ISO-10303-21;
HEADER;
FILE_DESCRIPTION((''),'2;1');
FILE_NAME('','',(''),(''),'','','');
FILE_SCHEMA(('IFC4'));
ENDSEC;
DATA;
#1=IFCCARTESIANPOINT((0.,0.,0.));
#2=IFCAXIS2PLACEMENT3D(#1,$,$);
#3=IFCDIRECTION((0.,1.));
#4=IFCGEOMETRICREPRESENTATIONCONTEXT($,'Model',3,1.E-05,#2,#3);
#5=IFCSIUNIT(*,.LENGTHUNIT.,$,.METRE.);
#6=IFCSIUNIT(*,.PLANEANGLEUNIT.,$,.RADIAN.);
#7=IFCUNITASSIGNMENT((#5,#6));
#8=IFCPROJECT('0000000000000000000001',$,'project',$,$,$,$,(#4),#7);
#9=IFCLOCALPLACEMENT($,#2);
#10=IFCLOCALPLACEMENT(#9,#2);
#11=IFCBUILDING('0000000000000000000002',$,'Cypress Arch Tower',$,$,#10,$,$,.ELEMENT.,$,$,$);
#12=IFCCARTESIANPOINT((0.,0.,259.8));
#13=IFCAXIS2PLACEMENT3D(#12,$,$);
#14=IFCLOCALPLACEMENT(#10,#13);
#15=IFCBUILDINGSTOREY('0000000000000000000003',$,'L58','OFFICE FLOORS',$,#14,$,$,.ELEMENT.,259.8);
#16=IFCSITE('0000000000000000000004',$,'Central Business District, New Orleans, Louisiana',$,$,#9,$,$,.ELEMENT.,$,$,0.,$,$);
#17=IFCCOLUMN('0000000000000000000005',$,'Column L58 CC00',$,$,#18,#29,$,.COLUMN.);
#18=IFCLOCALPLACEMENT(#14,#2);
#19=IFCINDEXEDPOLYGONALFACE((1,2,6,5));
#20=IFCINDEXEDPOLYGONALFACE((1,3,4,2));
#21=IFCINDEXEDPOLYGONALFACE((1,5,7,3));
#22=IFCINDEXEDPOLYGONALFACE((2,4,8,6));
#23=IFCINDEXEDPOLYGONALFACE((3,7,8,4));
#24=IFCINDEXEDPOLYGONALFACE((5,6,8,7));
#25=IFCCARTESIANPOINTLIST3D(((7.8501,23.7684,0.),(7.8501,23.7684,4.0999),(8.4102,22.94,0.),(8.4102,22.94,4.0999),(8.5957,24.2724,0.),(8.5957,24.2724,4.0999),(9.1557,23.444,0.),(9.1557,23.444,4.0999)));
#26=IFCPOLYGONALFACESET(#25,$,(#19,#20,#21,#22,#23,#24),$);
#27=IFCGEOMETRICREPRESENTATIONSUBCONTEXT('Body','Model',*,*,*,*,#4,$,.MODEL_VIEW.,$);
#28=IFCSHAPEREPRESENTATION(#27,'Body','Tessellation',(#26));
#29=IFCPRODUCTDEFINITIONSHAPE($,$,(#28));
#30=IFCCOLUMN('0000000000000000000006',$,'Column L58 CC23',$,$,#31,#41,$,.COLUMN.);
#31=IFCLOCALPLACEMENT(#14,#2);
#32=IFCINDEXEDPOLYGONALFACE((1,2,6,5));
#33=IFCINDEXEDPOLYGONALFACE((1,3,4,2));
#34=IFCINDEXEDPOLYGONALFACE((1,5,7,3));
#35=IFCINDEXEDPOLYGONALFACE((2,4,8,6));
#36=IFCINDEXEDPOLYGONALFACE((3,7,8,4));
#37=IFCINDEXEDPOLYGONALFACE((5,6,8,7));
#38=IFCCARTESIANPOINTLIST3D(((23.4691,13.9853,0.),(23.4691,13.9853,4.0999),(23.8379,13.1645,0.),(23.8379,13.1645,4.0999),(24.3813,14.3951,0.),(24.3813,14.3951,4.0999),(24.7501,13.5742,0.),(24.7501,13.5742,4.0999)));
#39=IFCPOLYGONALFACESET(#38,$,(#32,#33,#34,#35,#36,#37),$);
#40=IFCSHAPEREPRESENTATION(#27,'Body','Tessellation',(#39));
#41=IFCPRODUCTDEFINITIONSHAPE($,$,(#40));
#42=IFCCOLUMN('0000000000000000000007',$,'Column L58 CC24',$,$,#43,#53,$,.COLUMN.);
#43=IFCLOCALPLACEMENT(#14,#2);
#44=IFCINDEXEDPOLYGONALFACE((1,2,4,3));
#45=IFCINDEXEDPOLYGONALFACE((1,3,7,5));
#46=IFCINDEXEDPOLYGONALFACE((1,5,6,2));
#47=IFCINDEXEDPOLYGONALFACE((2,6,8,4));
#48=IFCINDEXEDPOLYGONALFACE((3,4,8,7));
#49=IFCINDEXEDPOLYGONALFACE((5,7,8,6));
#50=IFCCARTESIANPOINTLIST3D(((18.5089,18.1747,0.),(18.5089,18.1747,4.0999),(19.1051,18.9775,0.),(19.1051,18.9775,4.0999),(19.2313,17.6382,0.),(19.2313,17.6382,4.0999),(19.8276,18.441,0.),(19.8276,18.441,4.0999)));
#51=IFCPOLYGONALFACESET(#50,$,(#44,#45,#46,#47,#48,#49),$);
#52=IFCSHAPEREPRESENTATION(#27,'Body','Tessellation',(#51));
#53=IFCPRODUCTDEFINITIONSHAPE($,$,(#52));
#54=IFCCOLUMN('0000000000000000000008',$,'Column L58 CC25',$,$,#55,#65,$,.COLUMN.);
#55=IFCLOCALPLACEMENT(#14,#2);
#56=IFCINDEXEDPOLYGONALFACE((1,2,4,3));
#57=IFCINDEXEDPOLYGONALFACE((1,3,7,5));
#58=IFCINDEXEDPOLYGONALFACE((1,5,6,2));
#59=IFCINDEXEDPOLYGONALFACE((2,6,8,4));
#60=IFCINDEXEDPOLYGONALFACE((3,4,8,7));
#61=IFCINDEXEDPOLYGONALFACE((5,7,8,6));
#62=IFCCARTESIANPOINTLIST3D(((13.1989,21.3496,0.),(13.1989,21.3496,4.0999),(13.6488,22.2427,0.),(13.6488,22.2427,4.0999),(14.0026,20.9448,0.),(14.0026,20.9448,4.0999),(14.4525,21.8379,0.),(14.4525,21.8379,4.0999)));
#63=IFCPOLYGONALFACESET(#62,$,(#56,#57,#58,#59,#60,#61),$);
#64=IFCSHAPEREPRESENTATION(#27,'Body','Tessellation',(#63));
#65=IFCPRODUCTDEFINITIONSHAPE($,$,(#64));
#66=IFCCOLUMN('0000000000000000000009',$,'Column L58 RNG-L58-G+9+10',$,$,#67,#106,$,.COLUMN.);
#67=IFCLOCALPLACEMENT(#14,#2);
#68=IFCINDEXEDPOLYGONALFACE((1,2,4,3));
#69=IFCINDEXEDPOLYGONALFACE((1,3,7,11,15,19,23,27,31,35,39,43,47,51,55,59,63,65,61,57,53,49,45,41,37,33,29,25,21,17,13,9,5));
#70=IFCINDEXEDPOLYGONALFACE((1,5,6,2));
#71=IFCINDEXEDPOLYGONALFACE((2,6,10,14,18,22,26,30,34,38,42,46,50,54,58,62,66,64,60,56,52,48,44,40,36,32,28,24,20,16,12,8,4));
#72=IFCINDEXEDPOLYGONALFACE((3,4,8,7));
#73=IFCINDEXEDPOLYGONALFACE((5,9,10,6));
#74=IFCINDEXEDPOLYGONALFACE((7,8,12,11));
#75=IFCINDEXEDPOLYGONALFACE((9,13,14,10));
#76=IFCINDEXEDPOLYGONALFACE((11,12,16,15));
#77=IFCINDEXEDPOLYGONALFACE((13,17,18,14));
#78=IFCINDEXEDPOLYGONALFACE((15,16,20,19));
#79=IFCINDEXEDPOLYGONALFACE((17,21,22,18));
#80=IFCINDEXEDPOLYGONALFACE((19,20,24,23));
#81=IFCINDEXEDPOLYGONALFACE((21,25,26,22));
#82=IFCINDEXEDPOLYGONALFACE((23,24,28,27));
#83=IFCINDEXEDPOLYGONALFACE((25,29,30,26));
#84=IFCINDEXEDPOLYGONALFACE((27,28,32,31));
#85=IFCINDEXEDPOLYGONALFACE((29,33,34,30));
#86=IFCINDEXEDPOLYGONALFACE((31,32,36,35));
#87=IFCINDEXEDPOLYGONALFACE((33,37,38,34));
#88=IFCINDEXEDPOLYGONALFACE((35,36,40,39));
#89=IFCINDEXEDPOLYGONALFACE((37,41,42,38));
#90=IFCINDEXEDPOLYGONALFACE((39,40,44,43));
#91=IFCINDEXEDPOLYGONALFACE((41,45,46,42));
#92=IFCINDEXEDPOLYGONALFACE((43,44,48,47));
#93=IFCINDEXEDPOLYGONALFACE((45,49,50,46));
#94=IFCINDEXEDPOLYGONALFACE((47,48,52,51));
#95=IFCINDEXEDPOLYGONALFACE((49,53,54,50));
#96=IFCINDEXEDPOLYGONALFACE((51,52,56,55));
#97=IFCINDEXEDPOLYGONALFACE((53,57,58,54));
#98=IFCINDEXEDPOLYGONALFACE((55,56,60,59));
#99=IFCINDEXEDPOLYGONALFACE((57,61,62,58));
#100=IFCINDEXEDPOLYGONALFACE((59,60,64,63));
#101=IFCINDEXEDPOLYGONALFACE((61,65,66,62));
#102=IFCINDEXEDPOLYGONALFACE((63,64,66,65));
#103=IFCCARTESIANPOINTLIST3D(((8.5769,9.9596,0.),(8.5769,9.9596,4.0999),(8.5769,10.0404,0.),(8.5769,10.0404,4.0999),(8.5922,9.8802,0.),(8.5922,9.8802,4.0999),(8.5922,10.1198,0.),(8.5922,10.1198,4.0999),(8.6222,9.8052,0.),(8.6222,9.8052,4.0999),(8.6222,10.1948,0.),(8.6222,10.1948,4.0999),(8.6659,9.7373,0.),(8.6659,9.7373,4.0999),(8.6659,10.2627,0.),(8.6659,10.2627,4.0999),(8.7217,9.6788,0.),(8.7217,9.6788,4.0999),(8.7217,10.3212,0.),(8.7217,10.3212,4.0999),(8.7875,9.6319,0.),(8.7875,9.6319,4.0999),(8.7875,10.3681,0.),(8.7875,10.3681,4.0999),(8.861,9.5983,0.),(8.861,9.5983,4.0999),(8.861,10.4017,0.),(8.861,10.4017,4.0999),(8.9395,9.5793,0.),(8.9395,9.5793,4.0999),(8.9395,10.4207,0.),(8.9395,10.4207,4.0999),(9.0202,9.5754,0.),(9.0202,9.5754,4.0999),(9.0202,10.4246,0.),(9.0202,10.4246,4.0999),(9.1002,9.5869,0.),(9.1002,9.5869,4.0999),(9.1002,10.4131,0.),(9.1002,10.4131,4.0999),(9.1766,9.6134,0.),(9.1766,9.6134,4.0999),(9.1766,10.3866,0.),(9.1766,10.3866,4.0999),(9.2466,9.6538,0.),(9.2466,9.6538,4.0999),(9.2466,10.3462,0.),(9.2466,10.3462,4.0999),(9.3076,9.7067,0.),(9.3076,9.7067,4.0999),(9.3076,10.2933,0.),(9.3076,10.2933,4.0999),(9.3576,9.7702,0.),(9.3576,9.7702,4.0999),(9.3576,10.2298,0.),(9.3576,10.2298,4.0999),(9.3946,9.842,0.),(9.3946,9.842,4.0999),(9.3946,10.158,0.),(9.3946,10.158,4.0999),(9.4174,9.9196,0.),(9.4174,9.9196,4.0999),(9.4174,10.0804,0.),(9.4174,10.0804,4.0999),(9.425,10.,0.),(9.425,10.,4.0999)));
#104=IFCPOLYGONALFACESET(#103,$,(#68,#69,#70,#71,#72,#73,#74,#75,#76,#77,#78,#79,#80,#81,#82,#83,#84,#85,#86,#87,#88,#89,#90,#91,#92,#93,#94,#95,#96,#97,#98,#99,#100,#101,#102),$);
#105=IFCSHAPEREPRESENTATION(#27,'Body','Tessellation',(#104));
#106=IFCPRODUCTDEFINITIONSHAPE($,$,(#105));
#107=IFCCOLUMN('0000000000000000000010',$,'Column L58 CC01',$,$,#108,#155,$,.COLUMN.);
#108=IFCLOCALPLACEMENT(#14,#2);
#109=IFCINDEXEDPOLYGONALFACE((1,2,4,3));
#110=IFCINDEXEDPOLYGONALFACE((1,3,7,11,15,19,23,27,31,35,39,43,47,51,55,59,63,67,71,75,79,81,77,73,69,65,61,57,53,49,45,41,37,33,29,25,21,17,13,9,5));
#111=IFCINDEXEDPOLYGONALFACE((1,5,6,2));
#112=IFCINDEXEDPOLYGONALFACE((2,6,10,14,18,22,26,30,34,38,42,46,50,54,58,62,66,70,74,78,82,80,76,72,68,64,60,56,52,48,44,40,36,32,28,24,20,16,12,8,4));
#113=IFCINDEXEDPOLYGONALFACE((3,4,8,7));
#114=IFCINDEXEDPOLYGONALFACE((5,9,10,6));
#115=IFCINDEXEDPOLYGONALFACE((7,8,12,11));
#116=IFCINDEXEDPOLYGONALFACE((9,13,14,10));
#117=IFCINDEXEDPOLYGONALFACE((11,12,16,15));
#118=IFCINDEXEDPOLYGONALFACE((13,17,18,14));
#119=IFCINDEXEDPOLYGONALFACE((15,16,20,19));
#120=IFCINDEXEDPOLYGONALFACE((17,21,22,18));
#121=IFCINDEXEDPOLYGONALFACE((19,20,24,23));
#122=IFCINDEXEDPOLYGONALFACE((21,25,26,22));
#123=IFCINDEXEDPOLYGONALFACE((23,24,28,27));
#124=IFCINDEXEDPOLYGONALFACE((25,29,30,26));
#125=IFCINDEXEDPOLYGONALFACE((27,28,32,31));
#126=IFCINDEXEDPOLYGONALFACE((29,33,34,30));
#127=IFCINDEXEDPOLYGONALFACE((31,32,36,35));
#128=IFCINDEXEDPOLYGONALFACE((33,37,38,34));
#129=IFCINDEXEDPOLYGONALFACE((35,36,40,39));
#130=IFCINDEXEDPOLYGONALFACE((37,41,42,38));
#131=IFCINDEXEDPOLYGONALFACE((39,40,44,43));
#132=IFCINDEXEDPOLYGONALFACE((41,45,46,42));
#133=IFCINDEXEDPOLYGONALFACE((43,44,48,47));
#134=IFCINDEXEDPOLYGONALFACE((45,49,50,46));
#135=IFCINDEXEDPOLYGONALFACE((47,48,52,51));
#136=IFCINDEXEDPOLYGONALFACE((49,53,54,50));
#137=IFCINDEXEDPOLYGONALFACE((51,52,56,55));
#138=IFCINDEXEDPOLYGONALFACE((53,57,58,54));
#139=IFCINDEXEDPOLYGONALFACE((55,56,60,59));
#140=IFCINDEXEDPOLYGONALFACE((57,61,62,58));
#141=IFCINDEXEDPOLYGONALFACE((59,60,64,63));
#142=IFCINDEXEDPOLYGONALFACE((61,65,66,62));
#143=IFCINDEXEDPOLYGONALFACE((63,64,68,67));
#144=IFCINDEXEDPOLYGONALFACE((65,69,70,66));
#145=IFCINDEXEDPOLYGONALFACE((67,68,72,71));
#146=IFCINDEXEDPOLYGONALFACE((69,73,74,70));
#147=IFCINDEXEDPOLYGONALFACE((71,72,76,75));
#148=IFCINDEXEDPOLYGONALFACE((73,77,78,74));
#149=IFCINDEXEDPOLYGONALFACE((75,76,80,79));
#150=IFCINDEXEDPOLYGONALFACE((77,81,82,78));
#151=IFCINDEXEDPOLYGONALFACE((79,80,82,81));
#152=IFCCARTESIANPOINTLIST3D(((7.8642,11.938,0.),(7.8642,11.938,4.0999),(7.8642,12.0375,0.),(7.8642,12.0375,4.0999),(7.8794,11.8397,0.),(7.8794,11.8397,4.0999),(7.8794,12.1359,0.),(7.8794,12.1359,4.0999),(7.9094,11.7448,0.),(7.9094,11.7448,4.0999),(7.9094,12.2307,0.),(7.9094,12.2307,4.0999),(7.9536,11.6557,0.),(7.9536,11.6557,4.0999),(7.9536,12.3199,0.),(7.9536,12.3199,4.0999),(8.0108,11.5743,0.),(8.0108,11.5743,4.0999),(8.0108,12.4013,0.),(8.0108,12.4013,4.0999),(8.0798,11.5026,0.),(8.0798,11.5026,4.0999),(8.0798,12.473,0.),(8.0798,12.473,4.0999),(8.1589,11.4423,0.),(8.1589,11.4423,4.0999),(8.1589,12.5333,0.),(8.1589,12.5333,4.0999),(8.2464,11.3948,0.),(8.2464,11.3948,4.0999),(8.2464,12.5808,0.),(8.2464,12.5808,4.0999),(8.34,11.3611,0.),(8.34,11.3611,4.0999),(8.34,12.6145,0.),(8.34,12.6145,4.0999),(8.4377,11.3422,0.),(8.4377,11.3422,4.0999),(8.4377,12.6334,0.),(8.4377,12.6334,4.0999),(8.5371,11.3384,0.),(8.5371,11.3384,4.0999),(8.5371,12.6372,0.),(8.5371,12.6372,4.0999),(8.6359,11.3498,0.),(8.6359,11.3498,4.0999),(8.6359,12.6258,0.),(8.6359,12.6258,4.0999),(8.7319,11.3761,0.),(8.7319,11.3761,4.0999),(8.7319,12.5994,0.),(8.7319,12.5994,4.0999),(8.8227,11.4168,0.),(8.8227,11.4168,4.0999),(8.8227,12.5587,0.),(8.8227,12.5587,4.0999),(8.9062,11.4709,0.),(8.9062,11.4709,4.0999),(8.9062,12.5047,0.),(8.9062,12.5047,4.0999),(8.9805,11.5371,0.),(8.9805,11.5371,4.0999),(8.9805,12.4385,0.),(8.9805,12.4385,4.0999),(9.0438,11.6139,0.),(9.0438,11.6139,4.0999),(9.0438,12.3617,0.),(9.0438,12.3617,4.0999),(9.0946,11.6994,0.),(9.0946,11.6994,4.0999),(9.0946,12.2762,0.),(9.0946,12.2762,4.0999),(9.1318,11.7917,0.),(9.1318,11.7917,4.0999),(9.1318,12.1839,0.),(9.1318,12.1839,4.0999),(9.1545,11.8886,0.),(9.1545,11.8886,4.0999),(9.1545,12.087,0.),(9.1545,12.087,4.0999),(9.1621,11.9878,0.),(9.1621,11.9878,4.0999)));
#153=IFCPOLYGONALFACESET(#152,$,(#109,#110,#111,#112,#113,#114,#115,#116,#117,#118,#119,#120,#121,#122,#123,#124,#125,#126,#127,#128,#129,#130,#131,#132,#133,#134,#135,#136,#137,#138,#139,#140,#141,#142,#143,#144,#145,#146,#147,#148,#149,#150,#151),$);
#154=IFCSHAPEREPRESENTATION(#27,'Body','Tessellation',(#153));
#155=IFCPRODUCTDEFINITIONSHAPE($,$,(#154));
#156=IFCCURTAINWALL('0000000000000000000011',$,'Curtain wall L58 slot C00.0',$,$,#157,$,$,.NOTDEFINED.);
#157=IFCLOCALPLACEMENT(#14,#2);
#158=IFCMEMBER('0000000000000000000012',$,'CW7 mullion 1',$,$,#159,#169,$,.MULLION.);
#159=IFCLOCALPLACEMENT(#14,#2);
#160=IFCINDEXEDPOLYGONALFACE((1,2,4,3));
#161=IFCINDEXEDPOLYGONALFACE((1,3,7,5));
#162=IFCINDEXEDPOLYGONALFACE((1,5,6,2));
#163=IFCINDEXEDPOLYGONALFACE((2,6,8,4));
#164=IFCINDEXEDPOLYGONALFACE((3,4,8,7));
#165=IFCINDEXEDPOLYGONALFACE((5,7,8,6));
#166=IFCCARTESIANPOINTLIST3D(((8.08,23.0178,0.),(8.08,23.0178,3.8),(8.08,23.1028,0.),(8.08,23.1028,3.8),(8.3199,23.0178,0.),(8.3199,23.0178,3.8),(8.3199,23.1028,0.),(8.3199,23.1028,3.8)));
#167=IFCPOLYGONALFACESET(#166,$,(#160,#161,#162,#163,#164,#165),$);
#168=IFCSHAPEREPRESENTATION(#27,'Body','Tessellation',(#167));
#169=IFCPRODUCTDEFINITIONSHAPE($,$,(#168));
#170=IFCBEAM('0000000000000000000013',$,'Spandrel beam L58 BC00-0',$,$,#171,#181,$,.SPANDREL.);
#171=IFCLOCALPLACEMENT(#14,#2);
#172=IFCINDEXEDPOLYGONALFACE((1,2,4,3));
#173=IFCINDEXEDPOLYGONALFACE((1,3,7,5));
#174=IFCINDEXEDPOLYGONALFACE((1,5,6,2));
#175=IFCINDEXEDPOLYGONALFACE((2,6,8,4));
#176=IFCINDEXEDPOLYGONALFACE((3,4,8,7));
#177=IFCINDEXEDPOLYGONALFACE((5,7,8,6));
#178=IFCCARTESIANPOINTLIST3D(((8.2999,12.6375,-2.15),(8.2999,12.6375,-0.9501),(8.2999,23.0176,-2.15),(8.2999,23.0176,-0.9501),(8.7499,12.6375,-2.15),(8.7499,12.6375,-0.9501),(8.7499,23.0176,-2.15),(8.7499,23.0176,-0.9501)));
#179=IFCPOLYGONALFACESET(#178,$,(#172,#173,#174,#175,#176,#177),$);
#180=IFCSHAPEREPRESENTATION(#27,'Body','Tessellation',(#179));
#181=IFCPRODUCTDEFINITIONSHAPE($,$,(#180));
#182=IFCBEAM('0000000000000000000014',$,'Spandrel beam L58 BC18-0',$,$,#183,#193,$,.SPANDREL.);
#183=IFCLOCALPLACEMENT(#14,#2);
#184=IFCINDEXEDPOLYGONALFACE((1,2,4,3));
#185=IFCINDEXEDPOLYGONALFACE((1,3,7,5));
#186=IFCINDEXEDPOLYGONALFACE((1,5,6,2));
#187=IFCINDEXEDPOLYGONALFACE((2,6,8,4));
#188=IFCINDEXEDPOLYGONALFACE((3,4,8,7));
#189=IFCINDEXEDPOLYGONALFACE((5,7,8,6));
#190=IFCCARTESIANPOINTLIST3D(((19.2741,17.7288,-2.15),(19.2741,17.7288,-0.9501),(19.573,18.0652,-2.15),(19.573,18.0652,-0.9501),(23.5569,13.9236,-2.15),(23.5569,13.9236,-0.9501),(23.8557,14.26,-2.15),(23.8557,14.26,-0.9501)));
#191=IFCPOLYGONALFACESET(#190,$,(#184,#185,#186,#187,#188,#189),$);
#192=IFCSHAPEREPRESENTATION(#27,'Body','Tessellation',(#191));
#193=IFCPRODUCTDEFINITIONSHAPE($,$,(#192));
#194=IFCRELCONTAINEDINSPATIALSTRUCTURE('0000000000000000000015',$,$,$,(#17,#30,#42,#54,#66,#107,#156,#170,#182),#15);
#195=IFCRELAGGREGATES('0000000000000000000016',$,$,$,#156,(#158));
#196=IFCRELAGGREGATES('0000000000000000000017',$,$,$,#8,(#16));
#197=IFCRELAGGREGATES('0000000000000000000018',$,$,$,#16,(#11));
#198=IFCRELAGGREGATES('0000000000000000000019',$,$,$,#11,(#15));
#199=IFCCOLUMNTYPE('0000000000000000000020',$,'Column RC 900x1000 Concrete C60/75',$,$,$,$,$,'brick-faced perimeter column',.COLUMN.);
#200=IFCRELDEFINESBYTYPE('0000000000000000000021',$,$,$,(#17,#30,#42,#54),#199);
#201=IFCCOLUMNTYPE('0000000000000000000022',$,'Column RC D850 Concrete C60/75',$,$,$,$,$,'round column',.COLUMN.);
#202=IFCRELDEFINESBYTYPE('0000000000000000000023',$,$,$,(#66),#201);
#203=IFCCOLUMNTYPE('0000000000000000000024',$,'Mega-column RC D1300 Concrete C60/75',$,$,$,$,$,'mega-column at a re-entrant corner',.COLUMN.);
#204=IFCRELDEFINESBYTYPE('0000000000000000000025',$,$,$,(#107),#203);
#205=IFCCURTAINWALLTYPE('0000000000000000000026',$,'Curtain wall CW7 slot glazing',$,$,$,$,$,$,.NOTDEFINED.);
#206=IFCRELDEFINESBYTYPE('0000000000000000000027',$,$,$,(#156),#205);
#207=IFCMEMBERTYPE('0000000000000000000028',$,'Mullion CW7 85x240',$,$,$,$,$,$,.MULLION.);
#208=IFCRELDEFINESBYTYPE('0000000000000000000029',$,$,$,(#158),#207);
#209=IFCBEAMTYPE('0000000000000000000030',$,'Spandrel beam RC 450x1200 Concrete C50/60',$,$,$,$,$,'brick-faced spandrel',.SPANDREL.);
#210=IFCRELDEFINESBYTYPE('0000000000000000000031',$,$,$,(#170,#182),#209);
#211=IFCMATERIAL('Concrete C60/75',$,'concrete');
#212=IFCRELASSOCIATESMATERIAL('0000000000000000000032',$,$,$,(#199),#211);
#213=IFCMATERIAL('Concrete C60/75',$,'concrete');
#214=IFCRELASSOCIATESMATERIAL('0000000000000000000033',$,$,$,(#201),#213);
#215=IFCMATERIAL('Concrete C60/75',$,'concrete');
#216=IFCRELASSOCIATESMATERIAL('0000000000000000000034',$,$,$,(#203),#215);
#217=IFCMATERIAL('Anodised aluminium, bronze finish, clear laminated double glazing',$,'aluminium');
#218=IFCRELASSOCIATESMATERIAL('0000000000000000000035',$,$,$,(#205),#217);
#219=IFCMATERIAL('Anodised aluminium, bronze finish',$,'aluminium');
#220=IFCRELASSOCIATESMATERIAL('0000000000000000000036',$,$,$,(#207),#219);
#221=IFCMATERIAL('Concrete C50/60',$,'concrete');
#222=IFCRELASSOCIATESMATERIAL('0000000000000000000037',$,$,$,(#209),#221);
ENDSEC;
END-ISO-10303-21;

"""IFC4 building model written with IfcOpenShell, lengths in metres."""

from ifc_helpers import new_model, si_unit, direction, frame, origin, origin_2d, place, context, subcontext, project, spatial, rectangle, circle, extrude, material, material_profile, profile_set, type_object, element, aggregate, save


model = new_model("IFC4")

# Units and contexts
model_context = context("Model", 3, precision=1e-05, world=origin(), true_north=direction((0.0, 1.0)))
body_context = subcontext(model_context, "Body", "Model", "MODEL_VIEW")
ifc_project = project(units=[si_unit("LENGTHUNIT", "METRE"), si_unit("PLANEANGLEUNIT", "RADIAN")], contexts=[model_context])

# Site, building, storey
site_placement = place(None, origin())
site = spatial("IfcSite", under=ifc_project, at=site_placement, Name="Central Business District, New Orleans, Louisiana", CompositionType="ELEMENT", RefElevation=0.0)
building_placement = place(site_placement, origin())
building = spatial("IfcBuilding", under=site, at=building_placement, Name="Cypress Arch Tower", CompositionType="ELEMENT")
storey_placement = place(building_placement, frame((0.0, 0.0, 259.8)))
storey = spatial("IfcBuildingStorey", under=building, at=storey_placement, Name="L58", Description="OFFICE FLOORS", CompositionType="ELEMENT", Elevation=259.8)

# Columns
ifc_material_1 = material(Name="Concrete C60/75", Category="concrete")
ifc_material_profile_1 = material_profile(ifc_material_1, rectangle(XDim=0.8999, YDim=1.0, at=origin_2d()), Name="RC 900x1000")
ifc_profile_set_1 = profile_set([ifc_material_profile_1], Name="Concrete C60/75")
column_type_1 = type_object("IfcColumnType", Name="Column RC 900x1000 Concrete C60/75", ElementType="brick-faced perimeter column", PredefinedType="COLUMN", material=ifc_profile_set_1)
for number, where, z_axis, x_axis, name in (
    (1, (8.5029, 23.6062, 0.0), (0.0, 0.0, 1.0), (-0.82847, -0.560034, 0.0), "Column L58 CC00"),
    (2, (24.1096, 13.7798, 0.0), (0.0, 0.0, 1.0), (-0.409765, 0.912191, 0.0), "Column L58 CC23"),
    (3, (19.1682, 18.3079, 0.0), (0.0, 0.0, 1.0), (-0.802799, 0.59625, 0.0), "Column L58 CC24"),
    (4, (13.8257, 21.5938, 0.0), (0.0, 0.0, 1.0), (-0.893106, 0.449845, 0.0), "Column L58 CC25"),
):
    element("IfcColumn", number, at=place(storey_placement, frame(where, z_axis=z_axis, x_axis=x_axis)), inside=storey, type_object=column_type_1, Name=name, PredefinedType="COLUMN", context=body_context, shape_type="SweptSolid", body=[
        extrude(rectangle(XDim=0.8999, YDim=1.0, at=origin_2d()), origin(), (0.0, 0.0, 1.0), 4.0999),
    ])
ifc_material_2 = material(Name="Concrete C60/75", Category="concrete")
ifc_material_profile_2 = material_profile(ifc_material_2, circle(Radius=0.425, at=origin_2d()), Name="RC D850")
ifc_profile_set_2 = profile_set([ifc_material_profile_2], Name="Concrete C60/75")
column_type_2 = type_object("IfcColumnType", Name="Column RC D850 Concrete C60/75", ElementType="round column", PredefinedType="COLUMN", material=ifc_profile_set_2)
column_1_placement = place(storey_placement, frame((9.0, 10.0, 0.0), z_axis=(0.0, 0.0, 1.0), x_axis=(1.0, 0.0, 0.0)))
element("IfcColumn", 5, at=column_1_placement, inside=storey, type_object=column_type_2, Name="Column L58 RNG-L58-G+9+10", PredefinedType="COLUMN", context=body_context, shape_type="SweptSolid", body=[
    extrude(circle(Radius=0.425, at=origin_2d()), origin(), (0.0, 0.0, 1.0), 4.0999),
])
ifc_material_3 = material(Name="Concrete C60/75", Category="concrete")
ifc_material_profile_3 = material_profile(ifc_material_3, circle(Radius=0.6499, at=origin_2d()), Name="RC D1300")
ifc_profile_set_3 = profile_set([ifc_material_profile_3], Name="Concrete C60/75")
column_type_3 = type_object("IfcColumnType", Name="Mega-column RC D1300 Concrete C60/75", ElementType="mega-column at a re-entrant corner", PredefinedType="COLUMN", material=ifc_profile_set_3)
column_2_placement = place(storey_placement, frame((8.5122, 11.9878, 0.0), z_axis=(0.0, 0.0, 1.0), x_axis=(1.0, 0.0, 0.0)))
element("IfcColumn", 6, at=column_2_placement, inside=storey, type_object=column_type_3, Name="Column L58 CC01", PredefinedType="COLUMN", context=body_context, shape_type="SweptSolid", body=[
    extrude(circle(Radius=0.6499, at=origin_2d()), origin(), (0.0, 0.0, 1.0), 4.0999),
])

# Curtain wall, member
ifc_material_4 = material(Name="Anodised aluminium, bronze finish, clear laminated double glazing", Category="aluminium")
curtain_wall_type = type_object("IfcCurtainWallType", Name="Curtain wall CW7 slot glazing", PredefinedType="NOTDEFINED", material=ifc_material_4)
curtain_wall_placement = place(storey_placement, origin())
curtain_wall = element("IfcCurtainWall", 7, at=curtain_wall_placement, inside=storey, type_object=curtain_wall_type, Name="Curtain wall L58 slot C00.0", PredefinedType="NOTDEFINED")
ifc_material_5 = material(Name="Anodised aluminium, bronze finish", Category="aluminium")
ifc_material_profile_4 = material_profile(ifc_material_5, rectangle(XDim=0.24, YDim=0.085, at=origin_2d()), Name="Mullion 85x240")
ifc_profile_set_4 = profile_set([ifc_material_profile_4], Name="Anodised aluminium, bronze finish")
member_type_1 = type_object("IfcMemberType", Name="Mullion CW7 85x240", PredefinedType="MULLION", material=ifc_profile_set_4)
member_1_placement = place(storey_placement, frame((8.2, 23.0603, 0.0), z_axis=(0.0, 0.0, 1.0), x_axis=(1.0, 0.0, 0.0)))
member_1 = element("IfcMember", 8, at=member_1_placement, type_object=member_type_1, Name="CW7 mullion 1", PredefinedType="MULLION", context=body_context, shape_type="SweptSolid", body=[
    extrude(rectangle(XDim=0.24, YDim=0.085, at=origin_2d()), origin(), (0.0, 0.0, 1.0), 3.8),
])

# Beams
ifc_material_6 = material(Name="Concrete C50/60", Category="concrete")
ifc_material_profile_5 = material_profile(ifc_material_6, rectangle(XDim=0.45, YDim=1.2, at=origin_2d()), Name="RC 450x1200")
ifc_profile_set_5 = profile_set([ifc_material_profile_5], Name="Concrete C50/60")
beam_type = type_object("IfcBeamType", Name="Spandrel beam RC 450x1200 Concrete C50/60", ElementType="brick-faced spandrel", PredefinedType="SPANDREL", material=ifc_profile_set_5)
beam_1_placement = place(storey_placement, frame((8.5249, 23.0176, -1.55), z_axis=(0.0, -1.0, 0.0), x_axis=(1.0, 0.0, 0.0)))
element("IfcBeam", 9, at=beam_1_placement, inside=storey, type_object=beam_type, Name="Spandrel beam L58 BC00-0", PredefinedType="SPANDREL", context=body_context, shape_type="SweptSolid", body=[
    extrude(rectangle(XDim=0.45, YDim=1.2, at=origin_2d()), origin(), (0.0, 0.0, 1.0), 10.3801),
])
beam_2_placement = place(storey_placement, frame((23.7063, 14.0918, -1.55), z_axis=(-0.747555, 0.6642, 0.0), x_axis=(-0.6642, -0.747555, 0.0)))
element("IfcBeam", 10, at=beam_2_placement, inside=storey, type_object=beam_type, Name="Spandrel beam L58 BC18-0", PredefinedType="SPANDREL", context=body_context, shape_type="SweptSolid", body=[
    extrude(rectangle(XDim=0.45, YDim=1.2, at=origin_2d()), origin(), (0.0, 0.0, 1.0), 5.729),
])

aggregate(curtain_wall, [member_1])

save(model, "model.ifc")
